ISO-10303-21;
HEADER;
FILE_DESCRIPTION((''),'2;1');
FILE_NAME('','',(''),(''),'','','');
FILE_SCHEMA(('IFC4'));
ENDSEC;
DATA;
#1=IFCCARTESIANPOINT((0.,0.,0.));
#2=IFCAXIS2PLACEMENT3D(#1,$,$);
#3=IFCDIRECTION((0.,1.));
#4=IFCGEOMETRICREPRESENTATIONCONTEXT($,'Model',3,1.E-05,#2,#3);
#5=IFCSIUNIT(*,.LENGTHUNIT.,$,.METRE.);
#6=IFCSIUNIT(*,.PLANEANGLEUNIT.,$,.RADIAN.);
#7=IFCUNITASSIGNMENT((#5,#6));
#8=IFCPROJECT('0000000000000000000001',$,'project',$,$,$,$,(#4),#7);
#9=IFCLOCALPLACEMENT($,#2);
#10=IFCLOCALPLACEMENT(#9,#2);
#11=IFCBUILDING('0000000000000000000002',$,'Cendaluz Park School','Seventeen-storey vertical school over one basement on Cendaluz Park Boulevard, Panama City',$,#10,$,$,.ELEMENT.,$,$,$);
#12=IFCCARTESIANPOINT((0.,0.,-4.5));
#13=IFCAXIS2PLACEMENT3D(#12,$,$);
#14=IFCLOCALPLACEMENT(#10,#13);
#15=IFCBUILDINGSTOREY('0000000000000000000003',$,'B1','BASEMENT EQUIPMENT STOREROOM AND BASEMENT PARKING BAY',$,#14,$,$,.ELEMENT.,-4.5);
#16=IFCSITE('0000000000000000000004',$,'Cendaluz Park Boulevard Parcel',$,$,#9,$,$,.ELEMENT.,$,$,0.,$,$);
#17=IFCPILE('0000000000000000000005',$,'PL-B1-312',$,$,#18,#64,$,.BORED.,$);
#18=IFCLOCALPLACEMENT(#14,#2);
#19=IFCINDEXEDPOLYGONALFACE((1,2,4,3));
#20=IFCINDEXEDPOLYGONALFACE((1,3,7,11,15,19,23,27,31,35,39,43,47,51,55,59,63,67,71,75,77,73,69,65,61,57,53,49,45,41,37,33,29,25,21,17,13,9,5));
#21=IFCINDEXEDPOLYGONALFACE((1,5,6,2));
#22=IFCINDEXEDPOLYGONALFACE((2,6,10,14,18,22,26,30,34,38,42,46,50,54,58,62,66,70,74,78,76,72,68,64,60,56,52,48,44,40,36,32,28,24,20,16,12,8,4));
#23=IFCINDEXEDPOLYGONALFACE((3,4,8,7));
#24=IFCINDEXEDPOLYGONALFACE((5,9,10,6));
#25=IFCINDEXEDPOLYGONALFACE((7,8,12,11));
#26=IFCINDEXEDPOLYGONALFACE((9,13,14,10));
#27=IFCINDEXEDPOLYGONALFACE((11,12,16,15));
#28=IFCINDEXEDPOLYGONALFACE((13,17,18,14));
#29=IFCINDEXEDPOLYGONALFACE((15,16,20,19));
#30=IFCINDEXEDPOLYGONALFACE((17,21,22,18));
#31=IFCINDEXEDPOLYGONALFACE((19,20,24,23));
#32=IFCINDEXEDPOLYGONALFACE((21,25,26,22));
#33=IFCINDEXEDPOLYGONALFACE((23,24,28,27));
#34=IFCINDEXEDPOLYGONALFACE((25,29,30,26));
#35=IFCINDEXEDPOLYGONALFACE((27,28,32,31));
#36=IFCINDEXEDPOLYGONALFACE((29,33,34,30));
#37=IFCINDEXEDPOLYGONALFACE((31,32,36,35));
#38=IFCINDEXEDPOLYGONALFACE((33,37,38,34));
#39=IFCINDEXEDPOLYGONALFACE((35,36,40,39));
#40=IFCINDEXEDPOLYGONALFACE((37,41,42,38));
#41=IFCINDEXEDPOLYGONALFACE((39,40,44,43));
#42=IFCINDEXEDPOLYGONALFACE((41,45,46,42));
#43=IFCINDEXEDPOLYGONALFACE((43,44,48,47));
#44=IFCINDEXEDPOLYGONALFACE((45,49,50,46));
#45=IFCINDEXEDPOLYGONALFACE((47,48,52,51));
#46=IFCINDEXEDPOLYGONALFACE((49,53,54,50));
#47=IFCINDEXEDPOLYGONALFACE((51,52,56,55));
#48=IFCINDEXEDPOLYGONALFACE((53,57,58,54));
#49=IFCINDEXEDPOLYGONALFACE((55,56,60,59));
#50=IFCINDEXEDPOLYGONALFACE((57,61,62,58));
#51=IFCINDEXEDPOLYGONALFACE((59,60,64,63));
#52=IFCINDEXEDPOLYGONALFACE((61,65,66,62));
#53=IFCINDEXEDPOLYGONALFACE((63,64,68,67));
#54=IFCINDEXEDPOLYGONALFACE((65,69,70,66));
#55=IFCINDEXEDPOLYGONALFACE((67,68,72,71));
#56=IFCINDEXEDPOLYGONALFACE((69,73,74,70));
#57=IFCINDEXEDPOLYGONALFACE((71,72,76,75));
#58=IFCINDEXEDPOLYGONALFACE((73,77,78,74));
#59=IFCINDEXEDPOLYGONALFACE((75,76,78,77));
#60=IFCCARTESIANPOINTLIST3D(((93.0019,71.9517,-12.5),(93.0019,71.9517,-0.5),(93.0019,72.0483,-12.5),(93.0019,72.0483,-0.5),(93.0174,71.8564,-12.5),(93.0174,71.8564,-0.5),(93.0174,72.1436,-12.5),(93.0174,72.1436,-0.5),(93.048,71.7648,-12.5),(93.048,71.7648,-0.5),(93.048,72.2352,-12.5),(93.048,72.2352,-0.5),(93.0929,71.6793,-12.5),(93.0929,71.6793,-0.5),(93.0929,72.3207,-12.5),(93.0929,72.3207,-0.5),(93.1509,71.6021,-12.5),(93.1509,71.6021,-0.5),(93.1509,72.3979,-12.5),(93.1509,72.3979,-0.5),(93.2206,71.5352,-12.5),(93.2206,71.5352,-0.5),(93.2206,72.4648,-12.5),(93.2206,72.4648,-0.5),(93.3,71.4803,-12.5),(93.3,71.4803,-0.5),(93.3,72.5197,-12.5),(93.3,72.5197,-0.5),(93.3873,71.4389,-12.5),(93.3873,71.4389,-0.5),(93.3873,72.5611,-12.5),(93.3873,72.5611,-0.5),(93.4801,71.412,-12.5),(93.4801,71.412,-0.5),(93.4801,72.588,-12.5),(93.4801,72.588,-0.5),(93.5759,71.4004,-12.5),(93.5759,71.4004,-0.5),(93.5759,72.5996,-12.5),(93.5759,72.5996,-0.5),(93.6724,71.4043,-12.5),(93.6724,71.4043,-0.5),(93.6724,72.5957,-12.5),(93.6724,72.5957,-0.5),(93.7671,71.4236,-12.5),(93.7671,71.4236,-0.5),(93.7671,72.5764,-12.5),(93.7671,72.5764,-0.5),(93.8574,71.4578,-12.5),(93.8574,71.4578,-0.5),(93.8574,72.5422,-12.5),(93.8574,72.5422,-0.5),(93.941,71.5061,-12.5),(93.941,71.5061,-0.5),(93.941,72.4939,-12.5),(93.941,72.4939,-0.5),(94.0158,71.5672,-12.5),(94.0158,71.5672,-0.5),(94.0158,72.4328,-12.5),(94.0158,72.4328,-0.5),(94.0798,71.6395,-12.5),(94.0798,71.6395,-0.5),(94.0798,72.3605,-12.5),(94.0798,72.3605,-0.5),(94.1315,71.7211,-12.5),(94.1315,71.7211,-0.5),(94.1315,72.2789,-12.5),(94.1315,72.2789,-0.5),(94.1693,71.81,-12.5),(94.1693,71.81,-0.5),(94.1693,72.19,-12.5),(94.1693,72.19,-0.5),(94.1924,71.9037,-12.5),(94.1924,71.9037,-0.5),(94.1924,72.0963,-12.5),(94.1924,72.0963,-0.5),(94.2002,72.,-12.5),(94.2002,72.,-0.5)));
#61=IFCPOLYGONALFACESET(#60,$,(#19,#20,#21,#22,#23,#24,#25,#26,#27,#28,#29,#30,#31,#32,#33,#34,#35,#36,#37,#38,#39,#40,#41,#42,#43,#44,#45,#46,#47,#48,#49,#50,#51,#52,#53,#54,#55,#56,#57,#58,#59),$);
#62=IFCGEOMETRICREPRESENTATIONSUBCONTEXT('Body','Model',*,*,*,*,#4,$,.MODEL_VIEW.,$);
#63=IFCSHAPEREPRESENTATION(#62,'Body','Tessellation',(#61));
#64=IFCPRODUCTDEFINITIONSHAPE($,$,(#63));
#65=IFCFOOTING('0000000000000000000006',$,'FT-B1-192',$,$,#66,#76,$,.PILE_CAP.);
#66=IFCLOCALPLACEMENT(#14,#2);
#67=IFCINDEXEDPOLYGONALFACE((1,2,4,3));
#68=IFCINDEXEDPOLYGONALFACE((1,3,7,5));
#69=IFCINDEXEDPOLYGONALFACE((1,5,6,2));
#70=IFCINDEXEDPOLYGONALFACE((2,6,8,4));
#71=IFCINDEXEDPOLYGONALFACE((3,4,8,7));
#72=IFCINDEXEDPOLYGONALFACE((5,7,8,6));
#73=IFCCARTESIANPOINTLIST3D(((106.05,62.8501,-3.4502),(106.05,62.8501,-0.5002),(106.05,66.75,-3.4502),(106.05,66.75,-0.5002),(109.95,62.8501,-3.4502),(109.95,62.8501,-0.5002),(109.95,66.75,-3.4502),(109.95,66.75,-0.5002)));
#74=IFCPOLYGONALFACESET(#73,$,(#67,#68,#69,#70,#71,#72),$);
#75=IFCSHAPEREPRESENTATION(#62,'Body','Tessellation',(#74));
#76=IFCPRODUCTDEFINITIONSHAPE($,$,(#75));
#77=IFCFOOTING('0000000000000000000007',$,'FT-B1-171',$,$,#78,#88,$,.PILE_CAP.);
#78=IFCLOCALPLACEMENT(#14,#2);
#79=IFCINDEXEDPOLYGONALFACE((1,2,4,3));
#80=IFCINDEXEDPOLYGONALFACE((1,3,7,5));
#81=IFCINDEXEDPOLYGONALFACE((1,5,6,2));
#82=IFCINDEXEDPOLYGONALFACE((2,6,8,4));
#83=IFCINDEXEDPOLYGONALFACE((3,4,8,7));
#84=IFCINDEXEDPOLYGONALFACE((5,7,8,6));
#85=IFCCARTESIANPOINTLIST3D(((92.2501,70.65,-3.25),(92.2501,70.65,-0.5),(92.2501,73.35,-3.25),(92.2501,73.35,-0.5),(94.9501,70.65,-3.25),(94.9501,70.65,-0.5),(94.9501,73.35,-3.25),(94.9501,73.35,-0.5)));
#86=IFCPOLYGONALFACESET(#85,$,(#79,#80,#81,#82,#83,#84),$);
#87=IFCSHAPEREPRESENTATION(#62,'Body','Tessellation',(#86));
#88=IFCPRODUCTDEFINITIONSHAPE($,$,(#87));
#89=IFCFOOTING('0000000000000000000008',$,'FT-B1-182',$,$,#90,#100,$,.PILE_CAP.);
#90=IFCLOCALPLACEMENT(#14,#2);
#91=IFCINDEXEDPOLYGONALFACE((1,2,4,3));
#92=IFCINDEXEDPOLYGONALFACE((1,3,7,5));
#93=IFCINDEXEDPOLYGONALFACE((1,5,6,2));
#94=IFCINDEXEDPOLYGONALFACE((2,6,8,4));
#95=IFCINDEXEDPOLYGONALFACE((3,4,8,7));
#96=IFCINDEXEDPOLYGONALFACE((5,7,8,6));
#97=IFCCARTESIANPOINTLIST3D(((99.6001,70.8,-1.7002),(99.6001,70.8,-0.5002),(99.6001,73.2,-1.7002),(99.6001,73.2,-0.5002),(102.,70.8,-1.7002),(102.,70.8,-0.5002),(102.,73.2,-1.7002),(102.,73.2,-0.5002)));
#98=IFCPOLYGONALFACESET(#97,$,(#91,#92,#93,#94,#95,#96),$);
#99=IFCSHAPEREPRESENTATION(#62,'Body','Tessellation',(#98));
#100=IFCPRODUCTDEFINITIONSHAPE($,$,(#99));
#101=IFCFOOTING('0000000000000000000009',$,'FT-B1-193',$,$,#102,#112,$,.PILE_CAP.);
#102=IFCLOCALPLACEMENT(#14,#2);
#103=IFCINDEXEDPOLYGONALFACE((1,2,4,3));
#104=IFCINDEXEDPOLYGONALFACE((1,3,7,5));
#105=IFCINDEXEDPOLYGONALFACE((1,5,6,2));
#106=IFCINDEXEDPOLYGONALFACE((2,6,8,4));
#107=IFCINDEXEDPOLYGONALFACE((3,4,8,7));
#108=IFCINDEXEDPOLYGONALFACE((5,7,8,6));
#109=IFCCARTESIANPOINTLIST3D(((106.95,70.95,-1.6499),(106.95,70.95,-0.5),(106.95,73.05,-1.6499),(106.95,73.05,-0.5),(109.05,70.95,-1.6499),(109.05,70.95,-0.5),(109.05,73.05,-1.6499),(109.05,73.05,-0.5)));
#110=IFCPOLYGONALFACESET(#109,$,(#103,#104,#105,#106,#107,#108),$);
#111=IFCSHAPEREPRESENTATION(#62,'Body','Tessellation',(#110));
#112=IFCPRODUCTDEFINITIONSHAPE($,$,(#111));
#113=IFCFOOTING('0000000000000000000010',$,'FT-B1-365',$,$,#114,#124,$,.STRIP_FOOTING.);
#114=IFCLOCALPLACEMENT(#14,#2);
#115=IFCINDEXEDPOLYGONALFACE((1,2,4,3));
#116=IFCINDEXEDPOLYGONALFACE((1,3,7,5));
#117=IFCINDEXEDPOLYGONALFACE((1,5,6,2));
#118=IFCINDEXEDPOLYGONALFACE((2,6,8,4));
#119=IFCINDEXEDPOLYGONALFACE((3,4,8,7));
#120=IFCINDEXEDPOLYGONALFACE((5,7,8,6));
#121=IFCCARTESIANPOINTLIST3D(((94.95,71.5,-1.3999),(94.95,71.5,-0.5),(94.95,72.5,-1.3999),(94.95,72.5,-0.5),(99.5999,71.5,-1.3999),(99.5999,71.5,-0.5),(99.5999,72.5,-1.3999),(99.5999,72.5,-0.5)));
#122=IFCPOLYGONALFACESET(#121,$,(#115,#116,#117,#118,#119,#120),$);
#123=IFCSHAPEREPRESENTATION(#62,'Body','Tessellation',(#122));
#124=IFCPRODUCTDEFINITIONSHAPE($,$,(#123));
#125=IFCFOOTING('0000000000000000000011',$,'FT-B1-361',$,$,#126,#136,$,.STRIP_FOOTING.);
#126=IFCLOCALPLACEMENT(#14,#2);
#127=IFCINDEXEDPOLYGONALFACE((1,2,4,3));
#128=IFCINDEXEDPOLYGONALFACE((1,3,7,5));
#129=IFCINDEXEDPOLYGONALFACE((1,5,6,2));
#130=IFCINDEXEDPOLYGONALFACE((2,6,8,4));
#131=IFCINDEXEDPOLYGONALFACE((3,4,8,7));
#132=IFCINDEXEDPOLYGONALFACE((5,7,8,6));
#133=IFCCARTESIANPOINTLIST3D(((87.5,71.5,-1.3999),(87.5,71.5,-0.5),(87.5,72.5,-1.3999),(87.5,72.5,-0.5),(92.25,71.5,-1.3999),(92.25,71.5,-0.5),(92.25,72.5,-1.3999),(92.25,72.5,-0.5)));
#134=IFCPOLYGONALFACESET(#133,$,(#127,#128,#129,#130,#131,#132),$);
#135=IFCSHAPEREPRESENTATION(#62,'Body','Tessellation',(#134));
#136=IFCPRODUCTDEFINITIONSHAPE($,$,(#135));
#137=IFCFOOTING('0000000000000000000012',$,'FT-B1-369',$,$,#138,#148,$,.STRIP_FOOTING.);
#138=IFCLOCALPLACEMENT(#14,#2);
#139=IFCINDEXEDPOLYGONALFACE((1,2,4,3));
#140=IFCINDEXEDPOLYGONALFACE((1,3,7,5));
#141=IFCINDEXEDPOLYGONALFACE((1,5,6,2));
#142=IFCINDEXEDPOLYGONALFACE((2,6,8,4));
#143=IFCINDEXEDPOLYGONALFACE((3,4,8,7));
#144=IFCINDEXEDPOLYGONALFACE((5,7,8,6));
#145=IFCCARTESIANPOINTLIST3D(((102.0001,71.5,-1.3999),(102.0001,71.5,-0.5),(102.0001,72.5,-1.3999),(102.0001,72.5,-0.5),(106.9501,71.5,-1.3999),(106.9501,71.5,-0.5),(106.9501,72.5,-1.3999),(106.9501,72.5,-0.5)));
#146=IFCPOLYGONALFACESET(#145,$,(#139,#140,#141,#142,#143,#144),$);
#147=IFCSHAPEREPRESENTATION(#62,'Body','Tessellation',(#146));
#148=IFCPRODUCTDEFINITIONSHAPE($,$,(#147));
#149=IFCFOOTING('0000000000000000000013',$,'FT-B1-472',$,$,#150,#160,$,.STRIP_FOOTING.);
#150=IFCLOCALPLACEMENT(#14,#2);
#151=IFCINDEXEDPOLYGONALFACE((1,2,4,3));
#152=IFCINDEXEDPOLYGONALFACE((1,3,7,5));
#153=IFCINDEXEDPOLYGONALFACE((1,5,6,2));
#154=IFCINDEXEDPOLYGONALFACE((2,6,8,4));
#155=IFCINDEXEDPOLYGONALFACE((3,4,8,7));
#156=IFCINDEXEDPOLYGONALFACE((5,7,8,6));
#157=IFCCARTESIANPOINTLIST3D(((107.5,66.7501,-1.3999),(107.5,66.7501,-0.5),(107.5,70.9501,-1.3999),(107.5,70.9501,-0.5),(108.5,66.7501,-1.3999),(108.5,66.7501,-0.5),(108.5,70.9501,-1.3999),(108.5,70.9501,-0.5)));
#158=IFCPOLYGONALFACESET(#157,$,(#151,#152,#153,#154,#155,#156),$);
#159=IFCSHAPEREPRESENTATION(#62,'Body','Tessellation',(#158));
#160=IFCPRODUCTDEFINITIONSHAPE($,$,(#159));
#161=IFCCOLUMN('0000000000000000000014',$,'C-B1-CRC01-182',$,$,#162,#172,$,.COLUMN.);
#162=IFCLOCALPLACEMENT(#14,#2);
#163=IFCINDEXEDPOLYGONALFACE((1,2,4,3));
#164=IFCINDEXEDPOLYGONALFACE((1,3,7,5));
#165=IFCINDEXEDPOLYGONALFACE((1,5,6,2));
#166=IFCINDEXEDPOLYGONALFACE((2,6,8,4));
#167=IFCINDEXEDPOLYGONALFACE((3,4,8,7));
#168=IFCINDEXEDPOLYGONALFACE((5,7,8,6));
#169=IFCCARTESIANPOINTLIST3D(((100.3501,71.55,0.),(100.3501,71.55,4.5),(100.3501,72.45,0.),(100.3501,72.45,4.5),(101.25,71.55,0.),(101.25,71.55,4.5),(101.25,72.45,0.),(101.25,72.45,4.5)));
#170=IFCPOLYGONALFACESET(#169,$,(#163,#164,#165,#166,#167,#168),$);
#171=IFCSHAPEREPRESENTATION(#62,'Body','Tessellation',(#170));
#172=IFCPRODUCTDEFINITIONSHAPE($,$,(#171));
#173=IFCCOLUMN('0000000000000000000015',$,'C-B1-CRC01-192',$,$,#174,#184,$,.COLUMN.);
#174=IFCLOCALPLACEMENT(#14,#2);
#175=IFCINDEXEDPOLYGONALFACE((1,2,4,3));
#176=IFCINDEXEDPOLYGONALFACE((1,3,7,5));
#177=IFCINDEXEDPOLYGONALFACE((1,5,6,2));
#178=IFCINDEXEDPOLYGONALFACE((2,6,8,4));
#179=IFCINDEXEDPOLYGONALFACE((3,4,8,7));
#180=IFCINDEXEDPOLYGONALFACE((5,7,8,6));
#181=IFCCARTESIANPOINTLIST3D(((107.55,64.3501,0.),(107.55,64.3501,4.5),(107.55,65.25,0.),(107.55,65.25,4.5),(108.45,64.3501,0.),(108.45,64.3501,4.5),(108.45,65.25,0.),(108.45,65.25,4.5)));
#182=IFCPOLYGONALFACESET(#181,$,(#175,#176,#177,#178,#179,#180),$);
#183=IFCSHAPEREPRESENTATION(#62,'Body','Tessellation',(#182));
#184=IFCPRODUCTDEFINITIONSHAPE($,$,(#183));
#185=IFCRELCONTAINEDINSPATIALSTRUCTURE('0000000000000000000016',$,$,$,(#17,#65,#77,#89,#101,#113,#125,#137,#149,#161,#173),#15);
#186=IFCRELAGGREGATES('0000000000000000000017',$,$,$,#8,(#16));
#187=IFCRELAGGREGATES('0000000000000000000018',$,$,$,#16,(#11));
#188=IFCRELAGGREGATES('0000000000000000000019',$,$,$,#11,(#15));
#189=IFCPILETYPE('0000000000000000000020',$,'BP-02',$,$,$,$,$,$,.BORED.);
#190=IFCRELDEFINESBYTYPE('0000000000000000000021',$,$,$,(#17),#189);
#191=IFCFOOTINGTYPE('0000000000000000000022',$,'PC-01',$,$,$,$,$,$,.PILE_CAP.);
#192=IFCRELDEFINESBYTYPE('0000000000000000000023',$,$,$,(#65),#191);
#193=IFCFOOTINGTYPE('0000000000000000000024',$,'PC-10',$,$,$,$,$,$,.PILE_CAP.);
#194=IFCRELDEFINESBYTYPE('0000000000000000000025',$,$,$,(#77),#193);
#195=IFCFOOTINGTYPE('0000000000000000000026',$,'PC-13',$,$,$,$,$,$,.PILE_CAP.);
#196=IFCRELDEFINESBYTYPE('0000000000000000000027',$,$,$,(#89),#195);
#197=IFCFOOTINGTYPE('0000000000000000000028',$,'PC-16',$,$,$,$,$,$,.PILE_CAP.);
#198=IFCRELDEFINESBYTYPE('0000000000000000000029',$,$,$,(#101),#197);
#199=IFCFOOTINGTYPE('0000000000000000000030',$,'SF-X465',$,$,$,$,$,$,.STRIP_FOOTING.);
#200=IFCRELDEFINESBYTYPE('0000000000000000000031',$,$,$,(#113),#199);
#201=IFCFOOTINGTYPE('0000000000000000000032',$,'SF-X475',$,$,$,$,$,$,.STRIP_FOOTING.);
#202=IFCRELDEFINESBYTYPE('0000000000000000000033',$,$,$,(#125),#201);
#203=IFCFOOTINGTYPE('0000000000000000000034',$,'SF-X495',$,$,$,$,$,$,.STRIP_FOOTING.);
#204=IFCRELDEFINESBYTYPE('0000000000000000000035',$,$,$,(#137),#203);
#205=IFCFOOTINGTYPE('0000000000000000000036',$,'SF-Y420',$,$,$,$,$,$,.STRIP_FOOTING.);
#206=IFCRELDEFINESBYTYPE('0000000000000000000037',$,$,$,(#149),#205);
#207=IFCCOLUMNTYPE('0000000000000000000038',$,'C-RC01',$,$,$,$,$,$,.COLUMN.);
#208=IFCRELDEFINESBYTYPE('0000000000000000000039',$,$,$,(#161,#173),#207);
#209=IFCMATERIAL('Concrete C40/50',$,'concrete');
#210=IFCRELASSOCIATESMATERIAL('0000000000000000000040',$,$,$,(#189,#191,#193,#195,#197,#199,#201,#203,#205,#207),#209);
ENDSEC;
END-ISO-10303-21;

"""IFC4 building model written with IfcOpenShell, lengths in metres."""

from ifc_helpers import new_model, si_unit, direction, frame, origin, origin_2d, place, context, subcontext, project, spatial, rectangle, circle, extrude, material, material_profile, profile_set, type_object, element, save


model = new_model("IFC4")

# Units and contexts
model_context = context("Model", 3, precision=1e-05, world=origin(), true_north=direction((0.0, 1.0)))
body_context = subcontext(model_context, "Body", "Model", "MODEL_VIEW")
ifc_project = project(units=[si_unit("LENGTHUNIT", "METRE"), si_unit("PLANEANGLEUNIT", "RADIAN")], contexts=[model_context])

# Site, building, storey
site_placement = place(None, origin())
site = spatial("IfcSite", under=ifc_project, at=site_placement, Name="Cendaluz Park Boulevard Parcel", CompositionType="ELEMENT", RefElevation=0.0)
building_placement = place(site_placement, origin())
building = spatial("IfcBuilding", under=site, at=building_placement, Name="Cendaluz Park School", Description="Seventeen-storey vertical school over one basement on Cendaluz Park Boulevard, Panama City", CompositionType="ELEMENT")
storey_placement = place(building_placement, frame((0.0, 0.0, -4.5)))
storey = spatial("IfcBuildingStorey", under=building, at=storey_placement, Name="B1", Description="BASEMENT EQUIPMENT STOREROOM AND BASEMENT PARKING BAY", CompositionType="ELEMENT", Elevation=-4.5)

# Pile
ifc_material_1 = material(Name="Concrete C40/50", Category="concrete")
ifc_material_profile_1 = material_profile(ifc_material_1, circle(Radius=0.6001, at=origin_2d()), Name="BP D1200", Category="concrete")
ifc_profile_set_1 = profile_set([ifc_material_profile_1], Name="Concrete C40/50")
pile_type_1 = type_object("IfcPileType", Name="BP-02", PredefinedType="BORED", material=ifc_profile_set_1)
pile_placement = place(storey_placement, frame((93.6001, 72.0, -0.5), z_axis=(0.0, 0.0, -1.0), x_axis=(1.0, 0.0, 0.0)))
element("IfcPile", 1, at=pile_placement, inside=storey, type_object=pile_type_1, Name="PL-B1-312", PredefinedType="BORED", context=body_context, shape_type="SweptSolid", body=[
    extrude(circle(Radius=0.6001, at=origin_2d()), origin(), (0.0, 0.0, 1.0), 12.0),
])

# Footings
footing_type_1 = type_object("IfcFootingType", Name="PC-01", PredefinedType="PILE_CAP", material=ifc_material_1)
footing_1_placement = place(storey_placement, frame((108.0, 64.8, -3.4502), z_axis=(0.0, 0.0, 1.0), x_axis=(1.0, 0.0, 0.0)))
element("IfcFooting", 2, at=footing_1_placement, inside=storey, type_object=footing_type_1, Name="FT-B1-192", PredefinedType="PILE_CAP", context=body_context, shape_type="SweptSolid", body=[
    extrude(rectangle(XDim=3.8999, YDim=3.8999, at=origin_2d()), origin(), (0.0, 0.0, 1.0), 2.95),
])
footing_type_2 = type_object("IfcFootingType", Name="PC-10", PredefinedType="PILE_CAP", material=ifc_material_1)
footing_2_placement = place(storey_placement, frame((93.6001, 72.0, -3.25), z_axis=(0.0, 0.0, 1.0), x_axis=(1.0, 0.0, 0.0)))
element("IfcFooting", 3, at=footing_2_placement, inside=storey, type_object=footing_type_2, Name="FT-B1-171", PredefinedType="PILE_CAP", context=body_context, shape_type="SweptSolid", body=[
    extrude(rectangle(XDim=2.7, YDim=2.7, at=origin_2d()), origin(), (0.0, 0.0, 1.0), 2.75),
])
footing_type_3 = type_object("IfcFootingType", Name="PC-13", PredefinedType="PILE_CAP", material=ifc_material_1)
footing_3_placement = place(storey_placement, frame((100.8, 72.0, -1.7002), z_axis=(0.0, 0.0, 1.0), x_axis=(1.0, 0.0, 0.0)))
element("IfcFooting", 4, at=footing_3_placement, inside=storey, type_object=footing_type_3, Name="FT-B1-182", PredefinedType="PILE_CAP", context=body_context, shape_type="SweptSolid", body=[
    extrude(rectangle(XDim=2.3999, YDim=2.3999, at=origin_2d()), origin(), (0.0, 0.0, 1.0), 1.2),
])
footing_type_4 = type_object("IfcFootingType", Name="PC-16", PredefinedType="PILE_CAP", material=ifc_material_1)
footing_4_placement = place(storey_placement, frame((108.0, 72.0, -1.6499), z_axis=(0.0, 0.0, 1.0), x_axis=(1.0, 0.0, 0.0)))
element("IfcFooting", 5, at=footing_4_placement, inside=storey, type_object=footing_type_4, Name="FT-B1-193", PredefinedType="PILE_CAP", context=body_context, shape_type="SweptSolid", body=[
    extrude(rectangle(XDim=2.1001, YDim=2.1001, at=origin_2d()), origin(), (0.0, 0.0, 1.0), 1.1499),
])
footing_type_5 = type_object("IfcFootingType", Name="SF-X465", PredefinedType="STRIP_FOOTING", material=ifc_material_1)
footing_5_placement = place(storey_placement, frame((97.2749, 72.0, -1.3999), z_axis=(0.0, 0.0, 1.0), x_axis=(1.0, 0.0, 0.0)))
element("IfcFooting", 6, at=footing_5_placement, inside=storey, type_object=footing_type_5, Name="FT-B1-365", PredefinedType="STRIP_FOOTING", context=body_context, shape_type="SweptSolid", body=[
    extrude(rectangle(XDim=4.6499, YDim=1.0, at=origin_2d()), origin(), (0.0, 0.0, 1.0), 0.8999),
])
footing_type_6 = type_object("IfcFootingType", Name="SF-X475", PredefinedType="STRIP_FOOTING", material=ifc_material_1)
footing_6_placement = place(storey_placement, frame((89.875, 72.0, -1.3999), z_axis=(0.0, 0.0, 1.0), x_axis=(1.0, 0.0, 0.0)))
element("IfcFooting", 7, at=footing_6_placement, inside=storey, type_object=footing_type_6, Name="FT-B1-361", PredefinedType="STRIP_FOOTING", context=body_context, shape_type="SweptSolid", body=[
    extrude(rectangle(XDim=4.75, YDim=1.0, at=origin_2d()), origin(), (0.0, 0.0, 1.0), 0.8999),
])
footing_type_7 = type_object("IfcFootingType", Name="SF-X495", PredefinedType="STRIP_FOOTING", material=ifc_material_1)
footing_7_placement = place(storey_placement, frame((104.4751, 72.0, -1.3999), z_axis=(0.0, 0.0, 1.0), x_axis=(1.0, 0.0, 0.0)))
element("IfcFooting", 8, at=footing_7_placement, inside=storey, type_object=footing_type_7, Name="FT-B1-369", PredefinedType="STRIP_FOOTING", context=body_context, shape_type="SweptSolid", body=[
    extrude(rectangle(XDim=4.95, YDim=1.0, at=origin_2d()), origin(), (0.0, 0.0, 1.0), 0.8999),
])
footing_type_8 = type_object("IfcFootingType", Name="SF-Y420", PredefinedType="STRIP_FOOTING", material=ifc_material_1)
footing_8_placement = place(storey_placement, frame((108.0, 68.8501, -1.3999), z_axis=(0.0, 0.0, 1.0), x_axis=(1.0, 0.0, 0.0)))
element("IfcFooting", 9, at=footing_8_placement, inside=storey, type_object=footing_type_8, Name="FT-B1-472", PredefinedType="STRIP_FOOTING", context=body_context, shape_type="SweptSolid", body=[
    extrude(rectangle(XDim=1.0, YDim=4.2, at=origin_2d()), origin(), (0.0, 0.0, 1.0), 0.8999),
])

# Columns
ifc_material_profile_2 = material_profile(ifc_material_1, rectangle(XDim=0.8999, YDim=0.8999, at=origin_2d()), Name="RC 900x900", Category="concrete")
ifc_profile_set_2 = profile_set([ifc_material_profile_2], Name="Concrete C40/50")
column_type_1 = type_object("IfcColumnType", Name="C-RC01", PredefinedType="COLUMN", material=ifc_profile_set_2)
for number, where, z_axis, x_axis, name in (
    (10, (100.8, 72.0, 0.0), (0.0, 0.0, 1.0), (1.0, 0.0, 0.0), "C-B1-CRC01-182"),
    (11, (108.0, 64.8, 0.0), (0.0, 0.0, 1.0), (1.0, 0.0, 0.0), "C-B1-CRC01-192"),
):
    element("IfcColumn", number, at=place(storey_placement, frame(where, z_axis=z_axis, x_axis=x_axis)), inside=storey, type_object=column_type_1, Name=name, PredefinedType="COLUMN", context=body_context, shape_type="SweptSolid", body=[
        extrude(rectangle(XDim=0.8999, YDim=0.8999, at=origin_2d()), origin(), (0.0, 0.0, 1.0), 4.5),
    ])

save(model, "model.ifc")
